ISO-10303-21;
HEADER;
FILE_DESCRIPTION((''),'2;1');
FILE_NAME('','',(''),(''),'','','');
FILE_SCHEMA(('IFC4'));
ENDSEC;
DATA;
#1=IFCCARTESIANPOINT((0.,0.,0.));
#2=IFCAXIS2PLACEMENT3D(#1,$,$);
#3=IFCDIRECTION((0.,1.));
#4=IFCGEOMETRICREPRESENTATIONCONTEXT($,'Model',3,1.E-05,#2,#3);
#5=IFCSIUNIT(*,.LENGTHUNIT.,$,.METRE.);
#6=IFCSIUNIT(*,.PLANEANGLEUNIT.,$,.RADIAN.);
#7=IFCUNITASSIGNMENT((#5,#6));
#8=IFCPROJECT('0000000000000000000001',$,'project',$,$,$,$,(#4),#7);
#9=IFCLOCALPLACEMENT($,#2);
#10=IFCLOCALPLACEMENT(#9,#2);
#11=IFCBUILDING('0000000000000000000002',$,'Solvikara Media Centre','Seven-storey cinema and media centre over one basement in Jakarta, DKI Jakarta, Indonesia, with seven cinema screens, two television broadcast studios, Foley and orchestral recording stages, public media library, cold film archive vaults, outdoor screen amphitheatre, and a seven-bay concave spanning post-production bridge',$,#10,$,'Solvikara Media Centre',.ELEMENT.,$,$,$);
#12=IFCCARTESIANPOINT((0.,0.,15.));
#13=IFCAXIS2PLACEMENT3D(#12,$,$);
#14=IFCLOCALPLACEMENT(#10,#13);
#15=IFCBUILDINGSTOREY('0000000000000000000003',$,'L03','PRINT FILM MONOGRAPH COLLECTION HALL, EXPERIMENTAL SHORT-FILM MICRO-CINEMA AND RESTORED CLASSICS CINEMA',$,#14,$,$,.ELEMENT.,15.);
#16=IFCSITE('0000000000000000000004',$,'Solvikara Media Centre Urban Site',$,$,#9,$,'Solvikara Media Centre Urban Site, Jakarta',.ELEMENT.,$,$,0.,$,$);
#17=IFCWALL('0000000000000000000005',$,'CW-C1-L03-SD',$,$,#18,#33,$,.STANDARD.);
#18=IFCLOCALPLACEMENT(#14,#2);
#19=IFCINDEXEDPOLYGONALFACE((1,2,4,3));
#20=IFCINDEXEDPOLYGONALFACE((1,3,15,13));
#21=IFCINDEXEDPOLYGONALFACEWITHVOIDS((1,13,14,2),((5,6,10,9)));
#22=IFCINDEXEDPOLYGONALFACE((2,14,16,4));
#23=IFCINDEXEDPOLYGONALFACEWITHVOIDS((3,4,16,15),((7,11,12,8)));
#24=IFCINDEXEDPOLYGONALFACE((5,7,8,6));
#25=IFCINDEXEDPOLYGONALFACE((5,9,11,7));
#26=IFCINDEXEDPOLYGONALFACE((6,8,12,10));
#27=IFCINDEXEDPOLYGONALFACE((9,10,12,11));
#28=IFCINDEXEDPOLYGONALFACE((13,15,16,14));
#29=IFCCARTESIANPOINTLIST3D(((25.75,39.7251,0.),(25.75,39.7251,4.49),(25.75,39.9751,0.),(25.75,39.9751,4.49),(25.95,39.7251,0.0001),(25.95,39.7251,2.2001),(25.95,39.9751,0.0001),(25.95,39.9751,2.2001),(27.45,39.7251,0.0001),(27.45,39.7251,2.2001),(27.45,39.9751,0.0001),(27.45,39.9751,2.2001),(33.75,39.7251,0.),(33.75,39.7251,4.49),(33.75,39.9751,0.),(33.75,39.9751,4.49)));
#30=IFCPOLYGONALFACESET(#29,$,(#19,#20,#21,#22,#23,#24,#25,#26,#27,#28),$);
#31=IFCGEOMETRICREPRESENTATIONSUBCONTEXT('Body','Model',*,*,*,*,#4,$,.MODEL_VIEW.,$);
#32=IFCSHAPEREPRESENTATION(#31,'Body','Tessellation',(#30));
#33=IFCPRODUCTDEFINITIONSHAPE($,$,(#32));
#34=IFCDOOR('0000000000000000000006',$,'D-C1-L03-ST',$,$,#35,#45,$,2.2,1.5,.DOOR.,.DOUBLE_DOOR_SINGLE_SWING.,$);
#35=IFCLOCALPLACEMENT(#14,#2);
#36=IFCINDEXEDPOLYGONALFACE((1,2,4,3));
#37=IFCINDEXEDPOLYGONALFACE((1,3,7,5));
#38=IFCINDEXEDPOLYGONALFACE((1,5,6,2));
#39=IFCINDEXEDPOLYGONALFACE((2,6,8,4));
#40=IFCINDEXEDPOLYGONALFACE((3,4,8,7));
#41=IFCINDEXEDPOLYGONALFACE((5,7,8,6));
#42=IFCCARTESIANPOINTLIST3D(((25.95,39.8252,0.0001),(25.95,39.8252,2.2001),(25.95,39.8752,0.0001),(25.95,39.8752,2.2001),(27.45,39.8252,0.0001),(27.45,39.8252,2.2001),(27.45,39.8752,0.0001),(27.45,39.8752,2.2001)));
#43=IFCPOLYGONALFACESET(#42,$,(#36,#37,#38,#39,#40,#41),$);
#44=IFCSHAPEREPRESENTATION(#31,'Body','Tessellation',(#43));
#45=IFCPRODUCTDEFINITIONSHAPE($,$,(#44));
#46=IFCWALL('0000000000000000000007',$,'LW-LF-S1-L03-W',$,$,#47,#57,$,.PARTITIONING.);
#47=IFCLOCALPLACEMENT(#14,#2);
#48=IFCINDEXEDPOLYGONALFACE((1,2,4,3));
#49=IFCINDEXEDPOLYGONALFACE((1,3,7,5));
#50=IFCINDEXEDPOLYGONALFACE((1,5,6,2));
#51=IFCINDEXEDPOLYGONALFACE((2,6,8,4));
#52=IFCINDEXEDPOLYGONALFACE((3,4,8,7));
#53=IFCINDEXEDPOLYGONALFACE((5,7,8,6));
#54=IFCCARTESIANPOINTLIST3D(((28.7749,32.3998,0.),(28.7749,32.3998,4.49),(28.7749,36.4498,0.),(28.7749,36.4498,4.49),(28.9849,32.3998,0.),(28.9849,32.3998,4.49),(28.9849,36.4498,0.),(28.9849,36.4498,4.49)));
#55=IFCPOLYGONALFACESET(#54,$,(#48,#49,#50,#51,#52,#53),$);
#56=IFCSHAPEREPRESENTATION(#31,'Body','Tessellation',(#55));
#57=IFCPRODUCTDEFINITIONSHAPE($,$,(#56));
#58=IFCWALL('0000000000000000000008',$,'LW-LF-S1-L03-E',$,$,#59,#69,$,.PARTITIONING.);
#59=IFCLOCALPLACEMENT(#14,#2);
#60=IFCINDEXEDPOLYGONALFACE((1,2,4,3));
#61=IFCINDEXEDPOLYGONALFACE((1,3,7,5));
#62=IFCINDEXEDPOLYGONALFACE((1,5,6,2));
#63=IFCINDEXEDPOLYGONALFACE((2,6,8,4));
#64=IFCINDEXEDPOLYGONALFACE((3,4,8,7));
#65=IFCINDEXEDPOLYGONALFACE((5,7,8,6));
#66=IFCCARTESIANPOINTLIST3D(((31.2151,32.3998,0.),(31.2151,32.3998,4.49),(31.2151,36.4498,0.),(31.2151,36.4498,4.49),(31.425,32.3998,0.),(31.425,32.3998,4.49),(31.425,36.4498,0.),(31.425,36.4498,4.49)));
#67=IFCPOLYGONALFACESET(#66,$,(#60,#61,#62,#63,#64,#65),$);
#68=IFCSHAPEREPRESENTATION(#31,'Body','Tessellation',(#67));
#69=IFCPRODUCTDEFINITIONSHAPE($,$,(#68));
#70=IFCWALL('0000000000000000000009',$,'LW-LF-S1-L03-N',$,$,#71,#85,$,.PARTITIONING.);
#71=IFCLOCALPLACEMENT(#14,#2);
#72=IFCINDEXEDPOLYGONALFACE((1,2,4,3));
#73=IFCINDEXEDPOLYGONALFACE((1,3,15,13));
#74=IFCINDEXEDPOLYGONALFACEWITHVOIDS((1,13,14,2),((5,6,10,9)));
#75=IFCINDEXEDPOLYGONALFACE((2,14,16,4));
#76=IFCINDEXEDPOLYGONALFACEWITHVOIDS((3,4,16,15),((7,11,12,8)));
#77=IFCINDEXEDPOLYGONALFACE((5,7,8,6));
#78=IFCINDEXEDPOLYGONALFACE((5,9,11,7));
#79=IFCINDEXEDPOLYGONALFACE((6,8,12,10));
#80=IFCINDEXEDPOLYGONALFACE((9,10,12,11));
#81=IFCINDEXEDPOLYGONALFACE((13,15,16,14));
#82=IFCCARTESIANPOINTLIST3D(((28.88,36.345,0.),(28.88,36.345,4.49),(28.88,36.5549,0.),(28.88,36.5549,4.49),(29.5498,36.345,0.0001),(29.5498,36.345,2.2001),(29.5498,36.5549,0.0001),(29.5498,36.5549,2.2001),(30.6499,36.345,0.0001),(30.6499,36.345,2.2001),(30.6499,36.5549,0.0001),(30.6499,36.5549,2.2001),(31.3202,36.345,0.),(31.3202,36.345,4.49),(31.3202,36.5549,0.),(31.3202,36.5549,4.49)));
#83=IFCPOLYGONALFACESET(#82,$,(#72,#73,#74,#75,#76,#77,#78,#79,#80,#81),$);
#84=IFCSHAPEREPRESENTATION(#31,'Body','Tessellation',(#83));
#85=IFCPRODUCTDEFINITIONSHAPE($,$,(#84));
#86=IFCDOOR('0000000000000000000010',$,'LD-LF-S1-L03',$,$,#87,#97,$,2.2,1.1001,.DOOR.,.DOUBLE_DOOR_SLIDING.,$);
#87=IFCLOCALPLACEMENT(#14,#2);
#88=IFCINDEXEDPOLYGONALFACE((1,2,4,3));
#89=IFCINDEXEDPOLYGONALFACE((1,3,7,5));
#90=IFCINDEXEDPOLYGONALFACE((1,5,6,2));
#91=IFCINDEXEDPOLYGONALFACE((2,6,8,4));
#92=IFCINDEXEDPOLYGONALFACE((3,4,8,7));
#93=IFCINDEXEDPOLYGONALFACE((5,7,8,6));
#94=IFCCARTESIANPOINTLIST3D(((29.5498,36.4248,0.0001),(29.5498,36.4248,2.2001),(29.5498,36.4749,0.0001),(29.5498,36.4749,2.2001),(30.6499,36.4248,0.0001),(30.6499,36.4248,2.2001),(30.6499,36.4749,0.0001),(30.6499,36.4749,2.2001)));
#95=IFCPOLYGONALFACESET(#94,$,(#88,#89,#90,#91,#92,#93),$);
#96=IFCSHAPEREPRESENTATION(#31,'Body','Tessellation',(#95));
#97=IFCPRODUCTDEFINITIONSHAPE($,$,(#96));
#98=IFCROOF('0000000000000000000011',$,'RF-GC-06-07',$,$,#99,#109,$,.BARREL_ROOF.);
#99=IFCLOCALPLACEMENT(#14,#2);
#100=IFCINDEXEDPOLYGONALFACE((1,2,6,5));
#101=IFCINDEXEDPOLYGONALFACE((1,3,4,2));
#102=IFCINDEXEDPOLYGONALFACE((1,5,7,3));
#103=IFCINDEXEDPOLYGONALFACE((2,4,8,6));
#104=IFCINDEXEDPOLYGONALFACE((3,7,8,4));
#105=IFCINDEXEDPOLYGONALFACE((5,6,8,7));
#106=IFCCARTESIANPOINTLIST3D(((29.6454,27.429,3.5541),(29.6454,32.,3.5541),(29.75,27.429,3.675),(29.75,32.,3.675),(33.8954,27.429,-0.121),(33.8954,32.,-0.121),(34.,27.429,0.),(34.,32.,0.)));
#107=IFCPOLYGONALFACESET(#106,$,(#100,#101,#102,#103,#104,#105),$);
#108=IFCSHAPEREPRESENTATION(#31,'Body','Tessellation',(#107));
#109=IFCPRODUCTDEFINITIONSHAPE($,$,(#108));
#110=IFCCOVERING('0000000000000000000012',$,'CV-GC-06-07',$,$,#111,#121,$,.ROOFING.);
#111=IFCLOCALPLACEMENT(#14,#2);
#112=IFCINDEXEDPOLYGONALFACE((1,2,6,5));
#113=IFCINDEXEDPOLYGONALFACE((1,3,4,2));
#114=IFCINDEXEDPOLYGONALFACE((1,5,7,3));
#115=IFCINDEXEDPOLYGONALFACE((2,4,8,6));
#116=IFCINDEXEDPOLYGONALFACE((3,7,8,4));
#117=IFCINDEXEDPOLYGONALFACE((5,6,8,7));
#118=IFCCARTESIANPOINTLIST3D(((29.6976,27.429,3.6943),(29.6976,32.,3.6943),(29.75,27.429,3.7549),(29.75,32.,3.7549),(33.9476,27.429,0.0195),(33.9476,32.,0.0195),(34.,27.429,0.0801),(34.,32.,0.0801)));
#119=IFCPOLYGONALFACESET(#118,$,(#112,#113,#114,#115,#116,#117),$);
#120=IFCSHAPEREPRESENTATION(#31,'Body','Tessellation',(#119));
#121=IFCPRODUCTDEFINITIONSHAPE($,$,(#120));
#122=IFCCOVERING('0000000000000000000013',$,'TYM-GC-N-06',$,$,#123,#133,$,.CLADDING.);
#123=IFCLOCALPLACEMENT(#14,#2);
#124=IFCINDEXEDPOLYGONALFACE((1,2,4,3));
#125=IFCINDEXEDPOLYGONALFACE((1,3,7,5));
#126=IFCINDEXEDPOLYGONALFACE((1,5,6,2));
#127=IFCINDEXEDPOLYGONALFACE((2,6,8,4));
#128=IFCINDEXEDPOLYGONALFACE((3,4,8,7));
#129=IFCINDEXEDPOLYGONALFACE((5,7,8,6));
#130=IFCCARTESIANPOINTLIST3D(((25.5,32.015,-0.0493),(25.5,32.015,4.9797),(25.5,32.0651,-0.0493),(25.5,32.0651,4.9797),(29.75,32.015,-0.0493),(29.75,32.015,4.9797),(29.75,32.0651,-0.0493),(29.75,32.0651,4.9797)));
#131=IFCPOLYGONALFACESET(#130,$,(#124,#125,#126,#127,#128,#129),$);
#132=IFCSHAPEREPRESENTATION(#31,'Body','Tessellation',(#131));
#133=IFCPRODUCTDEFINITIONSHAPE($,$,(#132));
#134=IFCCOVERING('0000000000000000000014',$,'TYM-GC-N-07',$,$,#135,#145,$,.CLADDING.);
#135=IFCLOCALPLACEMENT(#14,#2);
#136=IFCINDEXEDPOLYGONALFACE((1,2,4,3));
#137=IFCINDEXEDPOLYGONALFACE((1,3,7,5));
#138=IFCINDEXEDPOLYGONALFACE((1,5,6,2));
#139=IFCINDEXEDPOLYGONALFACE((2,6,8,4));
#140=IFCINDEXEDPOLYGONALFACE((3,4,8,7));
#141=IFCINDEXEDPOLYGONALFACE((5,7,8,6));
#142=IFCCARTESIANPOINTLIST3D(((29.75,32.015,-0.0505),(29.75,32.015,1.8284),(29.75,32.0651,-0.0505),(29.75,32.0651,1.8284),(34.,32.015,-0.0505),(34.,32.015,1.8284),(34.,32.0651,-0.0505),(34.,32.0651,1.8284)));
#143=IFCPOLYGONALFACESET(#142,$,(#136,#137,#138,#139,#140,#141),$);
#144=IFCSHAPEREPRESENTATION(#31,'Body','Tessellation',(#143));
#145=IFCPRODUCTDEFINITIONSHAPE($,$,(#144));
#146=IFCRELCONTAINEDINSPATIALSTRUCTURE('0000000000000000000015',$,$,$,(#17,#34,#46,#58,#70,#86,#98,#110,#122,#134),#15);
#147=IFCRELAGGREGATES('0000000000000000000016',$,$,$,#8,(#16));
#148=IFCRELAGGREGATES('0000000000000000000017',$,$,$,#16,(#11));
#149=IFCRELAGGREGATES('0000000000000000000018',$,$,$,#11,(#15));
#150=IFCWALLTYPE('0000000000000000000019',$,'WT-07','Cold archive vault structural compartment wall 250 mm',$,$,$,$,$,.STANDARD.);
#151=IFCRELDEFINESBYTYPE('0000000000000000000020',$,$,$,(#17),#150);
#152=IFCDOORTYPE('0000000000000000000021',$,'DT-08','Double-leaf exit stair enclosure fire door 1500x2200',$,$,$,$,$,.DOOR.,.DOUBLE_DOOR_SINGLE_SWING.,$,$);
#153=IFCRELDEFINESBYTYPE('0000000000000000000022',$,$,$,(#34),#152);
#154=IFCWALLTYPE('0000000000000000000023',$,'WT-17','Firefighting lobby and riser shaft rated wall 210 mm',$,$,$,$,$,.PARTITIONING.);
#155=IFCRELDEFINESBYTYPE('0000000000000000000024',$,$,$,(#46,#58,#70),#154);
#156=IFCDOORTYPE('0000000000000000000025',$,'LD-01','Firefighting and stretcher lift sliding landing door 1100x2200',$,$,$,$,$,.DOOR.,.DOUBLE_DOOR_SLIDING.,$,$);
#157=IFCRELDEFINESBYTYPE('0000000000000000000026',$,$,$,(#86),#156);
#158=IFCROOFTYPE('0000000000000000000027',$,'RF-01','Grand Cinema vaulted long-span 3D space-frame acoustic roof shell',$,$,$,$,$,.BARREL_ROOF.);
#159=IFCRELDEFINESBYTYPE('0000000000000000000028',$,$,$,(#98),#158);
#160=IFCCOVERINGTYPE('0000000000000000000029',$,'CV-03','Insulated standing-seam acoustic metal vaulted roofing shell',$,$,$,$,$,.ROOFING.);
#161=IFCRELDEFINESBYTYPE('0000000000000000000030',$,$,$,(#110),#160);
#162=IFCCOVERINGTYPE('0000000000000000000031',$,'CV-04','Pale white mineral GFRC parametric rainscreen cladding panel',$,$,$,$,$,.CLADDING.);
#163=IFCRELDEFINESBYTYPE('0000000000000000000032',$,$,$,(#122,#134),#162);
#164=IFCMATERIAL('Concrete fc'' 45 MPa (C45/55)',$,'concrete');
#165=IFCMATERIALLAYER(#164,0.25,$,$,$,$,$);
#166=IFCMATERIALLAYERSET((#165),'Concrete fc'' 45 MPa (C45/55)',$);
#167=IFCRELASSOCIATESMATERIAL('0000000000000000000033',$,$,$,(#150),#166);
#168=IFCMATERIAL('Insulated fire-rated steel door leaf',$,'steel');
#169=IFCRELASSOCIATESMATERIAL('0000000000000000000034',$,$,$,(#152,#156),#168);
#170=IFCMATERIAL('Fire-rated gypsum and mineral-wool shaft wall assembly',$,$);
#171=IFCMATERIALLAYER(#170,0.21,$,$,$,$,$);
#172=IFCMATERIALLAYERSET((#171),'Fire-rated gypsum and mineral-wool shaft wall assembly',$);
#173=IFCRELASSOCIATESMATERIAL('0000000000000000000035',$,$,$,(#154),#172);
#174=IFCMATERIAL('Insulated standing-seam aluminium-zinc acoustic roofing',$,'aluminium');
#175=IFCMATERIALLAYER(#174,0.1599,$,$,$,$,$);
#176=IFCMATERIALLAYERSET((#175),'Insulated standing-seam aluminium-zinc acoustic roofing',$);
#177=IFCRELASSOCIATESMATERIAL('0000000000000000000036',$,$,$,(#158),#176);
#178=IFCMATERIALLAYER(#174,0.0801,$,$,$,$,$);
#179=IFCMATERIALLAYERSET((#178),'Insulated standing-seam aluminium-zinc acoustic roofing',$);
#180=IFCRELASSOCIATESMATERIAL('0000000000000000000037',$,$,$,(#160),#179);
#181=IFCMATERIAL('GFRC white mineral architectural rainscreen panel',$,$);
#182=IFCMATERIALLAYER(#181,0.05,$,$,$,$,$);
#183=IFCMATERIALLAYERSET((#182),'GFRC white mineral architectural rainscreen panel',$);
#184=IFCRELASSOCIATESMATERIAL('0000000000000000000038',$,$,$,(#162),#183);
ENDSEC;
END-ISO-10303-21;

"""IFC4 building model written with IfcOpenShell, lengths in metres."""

from ifc_helpers import new_model, si_unit, direction, frame, frame_2d, origin, origin_2d, place, context, subcontext, project, spatial, polyline, rectangle, outline, extrude, material, layer, layer_set, type_object, element, fill, save


model = new_model("IFC4")

# Units and contexts
model_context = context("Model", 3, precision=1e-05, world=origin(), true_north=direction((0.0, 1.0)))
body_context = subcontext(model_context, "Body", "Model", "MODEL_VIEW")
ifc_project = project(units=[si_unit("LENGTHUNIT", "METRE"), si_unit("PLANEANGLEUNIT", "RADIAN")], contexts=[model_context])

# Site, building, storey
site_placement = place(None, origin())
site = spatial("IfcSite", under=ifc_project, at=site_placement, Name="Solvikara Media Centre Urban Site", LongName="Solvikara Media Centre Urban Site, Jakarta", CompositionType="ELEMENT", RefElevation=0.0)
building_placement = place(site_placement, origin())
building = spatial("IfcBuilding", under=site, at=building_placement, Name="Solvikara Media Centre", Description="Seven-storey cinema and media centre over one basement in Jakarta, DKI Jakarta, Indonesia, with seven cinema screens, two television broadcast studios, Foley and orchestral recording stages, public media library, cold film archive vaults, outdoor screen amphitheatre, and a seven-bay concave spanning post-production bridge", LongName="Solvikara Media Centre", CompositionType="ELEMENT")
storey_placement = place(building_placement, frame((0.0, 0.0, 15.0)))
storey = spatial("IfcBuildingStorey", under=building, at=storey_placement, Name="L03", Description="PRINT FILM MONOGRAPH COLLECTION HALL, EXPERIMENTAL SHORT-FILM MICRO-CINEMA AND RESTORED CLASSICS CINEMA", CompositionType="ELEMENT", Elevation=15.0)

# Shared definitions
ifc_material_1 = material(Name="Concrete fc' 45 MPa (C45/55)", Category="concrete")

# Wall, opening, door
ifc_layer_1 = layer(ifc_material_1, 0.25)
ifc_layer_set_1 = layer_set([ifc_layer_1], Name="Concrete fc' 45 MPa (C45/55)")
wall_type_1 = type_object("IfcWallType", Name="WT-07", Description="Cold archive vault structural compartment wall 250 mm", PredefinedType="STANDARD", material=ifc_layer_set_1)
wall_1_placement = place(storey_placement, frame((25.75, 39.8501, 0.0), z_axis=(0.0, 0.0, 1.0), x_axis=(1.0, 0.0, 0.0)))
wall_1 = element("IfcWall", 1, at=wall_1_placement, inside=storey, type_object=wall_type_1, Name="CW-C1-L03-SD", PredefinedType="STANDARD", context=body_context, shape_type="SweptSolid", body=[
    extrude(rectangle(XDim=8.0, YDim=0.25, at=frame_2d((4.0, 0.0))), origin(), (0.0, 0.0, 1.0), 4.49),
])
opening_1_placement = place(wall_1_placement, frame((0.2, 0.0, 0.0)))
opening_1 = element("IfcOpeningElement", 2, at=opening_1_placement, cuts=wall_1, PredefinedType="OPENING", context=body_context, shape_type="SweptSolid", body=[
    extrude(rectangle(XDim=1.5, YDim=2.2, at=frame_2d((0.75, 1.1001))), frame((0.0, 0.137, 0.0), z_axis=(0.0, -1.0, 0.0), x_axis=(1.0, 0.0, 0.0)), (0.0, 0.0, 1.0), 0.2739),
])
ifc_material_2 = material(Name="Insulated fire-rated steel door leaf", Category="steel")
door_type_1 = type_object("IfcDoorType", Name="DT-08", Description="Double-leaf exit stair enclosure fire door 1500x2200", OperationType="DOUBLE_DOOR_SINGLE_SWING", PredefinedType="DOOR", material=ifc_material_2)
door_1_placement = place(opening_1_placement, frame((1.5, 0.0, 0.0), z_axis=(0.0, 0.0, 1.0), x_axis=(-1.0, 0.0, 0.0)))
door_1 = element("IfcDoor", 3, at=door_1_placement, inside=storey, type_object=door_type_1, Name="D-C1-L03-ST", OperationType="DOUBLE_DOOR_SINGLE_SWING", OverallHeight=2.2, OverallWidth=1.5, PredefinedType="DOOR", context=body_context, shape_type="SweptSolid", body=[
    extrude(rectangle(XDim=1.5, YDim=2.2, at=frame_2d((0.75, 1.1001))), frame((0.0, 0.0249, 0.0), z_axis=(0.0, -1.0, 0.0), x_axis=(1.0, 0.0, 0.0)), (0.0, 0.0, 1.0), 0.05),
])
fill(opening_1, door_1)

# Walls
ifc_material_3 = material(Name="Fire-rated gypsum and mineral-wool shaft wall assembly")
ifc_layer_2 = layer(ifc_material_3, 0.21)
ifc_layer_set_2 = layer_set([ifc_layer_2], Name="Fire-rated gypsum and mineral-wool shaft wall assembly")
wall_type_2 = type_object("IfcWallType", Name="WT-17", Description="Firefighting lobby and riser shaft rated wall 210 mm", PredefinedType="PARTITIONING", material=ifc_layer_set_2)
for number, where, z_axis, x_axis, name in (
    (4, (28.8799, 32.3999, 0.0), (0.0, 0.0, 1.0), (0.0, 1.0, 0.0), "LW-LF-S1-L03-W"),
    (5, (31.3201, 32.3999, 0.0), (0.0, 0.0, 1.0), (0.0, 1.0, 0.0), "LW-LF-S1-L03-E"),
):
    element("IfcWall", number, at=place(storey_placement, frame(where, z_axis=z_axis, x_axis=x_axis)), inside=storey, type_object=wall_type_2, Name=name, PredefinedType="PARTITIONING", context=body_context, shape_type="SweptSolid", body=[
        extrude(rectangle(XDim=4.05, YDim=0.21, at=frame_2d((2.0249, 0.0))), origin(), (0.0, 0.0, 1.0), 4.49),
    ])

# Wall, opening, door
wall_2_placement = place(storey_placement, frame((28.8799, 36.45, 0.0), z_axis=(0.0, 0.0, 1.0), x_axis=(1.0, 0.0, 0.0)))
wall_2 = element("IfcWall", 6, at=wall_2_placement, inside=storey, type_object=wall_type_2, Name="LW-LF-S1-L03-N", PredefinedType="PARTITIONING", context=body_context, shape_type="SweptSolid", body=[
    extrude(rectangle(XDim=2.4402, YDim=0.21, at=frame_2d((1.2202, 0.0))), origin(), (0.0, 0.0, 1.0), 4.49),
])
opening_2_placement = place(wall_2_placement, frame((0.6699, 0.0, 0.0)))
opening_2 = element("IfcOpeningElement", 7, at=opening_2_placement, cuts=wall_2, PredefinedType="OPENING", context=body_context, shape_type="SweptSolid", body=[
    extrude(rectangle(XDim=1.1001, YDim=2.2, at=frame_2d((0.55, 1.1001))), frame((0.0, 0.1169, 0.0), z_axis=(0.0, -1.0, 0.0), x_axis=(1.0, 0.0, 0.0)), (0.0, 0.0, 1.0), 0.2339),
])
door_type_2 = type_object("IfcDoorType", Name="LD-01", Description="Firefighting and stretcher lift sliding landing door 1100x2200", OperationType="DOUBLE_DOOR_SLIDING", PredefinedType="DOOR", material=ifc_material_2)
door_2_placement = place(opening_2_placement, origin())
door_2 = element("IfcDoor", 8, at=door_2_placement, inside=storey, type_object=door_type_2, Name="LD-LF-S1-L03", OperationType="DOUBLE_DOOR_SLIDING", OverallHeight=2.2, OverallWidth=1.1001, PredefinedType="DOOR", context=body_context, shape_type="SweptSolid", body=[
    extrude(rectangle(XDim=1.1001, YDim=2.2, at=frame_2d((0.55, 1.1001))), frame((0.0, 0.0249, 0.0), z_axis=(0.0, -1.0, 0.0), x_axis=(1.0, 0.0, 0.0)), (0.0, 0.0, 1.0), 0.05),
])
fill(opening_2, door_2)

# Roof
ifc_material_4 = material(Name="Insulated standing-seam aluminium-zinc acoustic roofing", Category="aluminium")
ifc_layer_3 = layer(ifc_material_4, 0.1599)
ifc_layer_set_3 = layer_set([ifc_layer_3], Name="Insulated standing-seam aluminium-zinc acoustic roofing")
roof_type = type_object("IfcRoofType", Name="RF-01", Description="Grand Cinema vaulted long-span 3D space-frame acoustic roof shell", PredefinedType="BARREL_ROOF", material=ifc_layer_set_3)
roof_placement = place(storey_placement, frame((29.75, 27.429, 3.675), z_axis=(0.654088, 0.0, 0.756418), x_axis=(0.756418, 0.0, -0.654088)))
element("IfcRoof", 9, at=roof_placement, inside=storey, type_object=roof_type, Name="RF-GC-06-07", PredefinedType="BARREL_ROOF", context=body_context, shape_type="SweptSolid", body=[
    extrude(outline(polyline([(0.0, 0.0), (5.6186, 0.0), (5.6186, 4.571), (0.0, 4.571), (0.0, 0.0)])), origin(), (0.0, 0.0, -1.0), 0.1599),
])

# Coverings
ifc_layer_4 = layer(ifc_material_4, 0.0801)
ifc_layer_set_4 = layer_set([ifc_layer_4], Name="Insulated standing-seam aluminium-zinc acoustic roofing")
covering_type_1 = type_object("IfcCoveringType", Name="CV-03", Description="Insulated standing-seam acoustic metal vaulted roofing shell", PredefinedType="ROOFING", material=ifc_layer_set_4)
covering_1_placement = place(storey_placement, frame((29.75, 27.429, 3.7549), z_axis=(0.654063, 0.0, 0.75644), x_axis=(0.75644, 0.0, -0.654063)))
element("IfcCovering", 10, at=covering_1_placement, inside=storey, type_object=covering_type_1, Name="CV-GC-06-07", PredefinedType="ROOFING", context=body_context, shape_type="SweptSolid", body=[
    extrude(outline(polyline([(0.0, 0.0), (5.6184, 0.0), (5.6184, 4.571), (0.0, 4.571), (0.0, 0.0)])), origin(), (0.0, 0.0, -1.0), 0.0801),
])
ifc_material_5 = material(Name="GFRC white mineral architectural rainscreen panel")
ifc_layer_5 = layer(ifc_material_5, 0.05)
ifc_layer_set_5 = layer_set([ifc_layer_5], Name="GFRC white mineral architectural rainscreen panel")
covering_type_2 = type_object("IfcCoveringType", Name="CV-04", Description="Pale white mineral GFRC parametric rainscreen cladding panel", PredefinedType="CLADDING", material=ifc_layer_set_5)
covering_2_placement = place(storey_placement, frame((27.625, 32.04, -0.0493), z_axis=(0.0, 0.0, 1.0), x_axis=(1.0, 0.0, 0.0)))
element("IfcCovering", 11, at=covering_2_placement, inside=storey, type_object=covering_type_2, Name="TYM-GC-N-06", PredefinedType="CLADDING", context=body_context, shape_type="SweptSolid", body=[
    extrude(rectangle(XDim=4.25, YDim=0.05, at=origin_2d()), origin(), (0.0, 0.0, 1.0), 5.0291),
])
covering_3_placement = place(storey_placement, frame((31.875, 32.04, -0.0505), z_axis=(0.0, 0.0, 1.0), x_axis=(1.0, 0.0, 0.0)))
element("IfcCovering", 12, at=covering_3_placement, inside=storey, type_object=covering_type_2, Name="TYM-GC-N-07", PredefinedType="CLADDING", context=body_context, shape_type="SweptSolid", body=[
    extrude(rectangle(XDim=4.25, YDim=0.05, at=origin_2d()), origin(), (0.0, 0.0, 1.0), 1.8789),
])

save(model, "model.ifc")
